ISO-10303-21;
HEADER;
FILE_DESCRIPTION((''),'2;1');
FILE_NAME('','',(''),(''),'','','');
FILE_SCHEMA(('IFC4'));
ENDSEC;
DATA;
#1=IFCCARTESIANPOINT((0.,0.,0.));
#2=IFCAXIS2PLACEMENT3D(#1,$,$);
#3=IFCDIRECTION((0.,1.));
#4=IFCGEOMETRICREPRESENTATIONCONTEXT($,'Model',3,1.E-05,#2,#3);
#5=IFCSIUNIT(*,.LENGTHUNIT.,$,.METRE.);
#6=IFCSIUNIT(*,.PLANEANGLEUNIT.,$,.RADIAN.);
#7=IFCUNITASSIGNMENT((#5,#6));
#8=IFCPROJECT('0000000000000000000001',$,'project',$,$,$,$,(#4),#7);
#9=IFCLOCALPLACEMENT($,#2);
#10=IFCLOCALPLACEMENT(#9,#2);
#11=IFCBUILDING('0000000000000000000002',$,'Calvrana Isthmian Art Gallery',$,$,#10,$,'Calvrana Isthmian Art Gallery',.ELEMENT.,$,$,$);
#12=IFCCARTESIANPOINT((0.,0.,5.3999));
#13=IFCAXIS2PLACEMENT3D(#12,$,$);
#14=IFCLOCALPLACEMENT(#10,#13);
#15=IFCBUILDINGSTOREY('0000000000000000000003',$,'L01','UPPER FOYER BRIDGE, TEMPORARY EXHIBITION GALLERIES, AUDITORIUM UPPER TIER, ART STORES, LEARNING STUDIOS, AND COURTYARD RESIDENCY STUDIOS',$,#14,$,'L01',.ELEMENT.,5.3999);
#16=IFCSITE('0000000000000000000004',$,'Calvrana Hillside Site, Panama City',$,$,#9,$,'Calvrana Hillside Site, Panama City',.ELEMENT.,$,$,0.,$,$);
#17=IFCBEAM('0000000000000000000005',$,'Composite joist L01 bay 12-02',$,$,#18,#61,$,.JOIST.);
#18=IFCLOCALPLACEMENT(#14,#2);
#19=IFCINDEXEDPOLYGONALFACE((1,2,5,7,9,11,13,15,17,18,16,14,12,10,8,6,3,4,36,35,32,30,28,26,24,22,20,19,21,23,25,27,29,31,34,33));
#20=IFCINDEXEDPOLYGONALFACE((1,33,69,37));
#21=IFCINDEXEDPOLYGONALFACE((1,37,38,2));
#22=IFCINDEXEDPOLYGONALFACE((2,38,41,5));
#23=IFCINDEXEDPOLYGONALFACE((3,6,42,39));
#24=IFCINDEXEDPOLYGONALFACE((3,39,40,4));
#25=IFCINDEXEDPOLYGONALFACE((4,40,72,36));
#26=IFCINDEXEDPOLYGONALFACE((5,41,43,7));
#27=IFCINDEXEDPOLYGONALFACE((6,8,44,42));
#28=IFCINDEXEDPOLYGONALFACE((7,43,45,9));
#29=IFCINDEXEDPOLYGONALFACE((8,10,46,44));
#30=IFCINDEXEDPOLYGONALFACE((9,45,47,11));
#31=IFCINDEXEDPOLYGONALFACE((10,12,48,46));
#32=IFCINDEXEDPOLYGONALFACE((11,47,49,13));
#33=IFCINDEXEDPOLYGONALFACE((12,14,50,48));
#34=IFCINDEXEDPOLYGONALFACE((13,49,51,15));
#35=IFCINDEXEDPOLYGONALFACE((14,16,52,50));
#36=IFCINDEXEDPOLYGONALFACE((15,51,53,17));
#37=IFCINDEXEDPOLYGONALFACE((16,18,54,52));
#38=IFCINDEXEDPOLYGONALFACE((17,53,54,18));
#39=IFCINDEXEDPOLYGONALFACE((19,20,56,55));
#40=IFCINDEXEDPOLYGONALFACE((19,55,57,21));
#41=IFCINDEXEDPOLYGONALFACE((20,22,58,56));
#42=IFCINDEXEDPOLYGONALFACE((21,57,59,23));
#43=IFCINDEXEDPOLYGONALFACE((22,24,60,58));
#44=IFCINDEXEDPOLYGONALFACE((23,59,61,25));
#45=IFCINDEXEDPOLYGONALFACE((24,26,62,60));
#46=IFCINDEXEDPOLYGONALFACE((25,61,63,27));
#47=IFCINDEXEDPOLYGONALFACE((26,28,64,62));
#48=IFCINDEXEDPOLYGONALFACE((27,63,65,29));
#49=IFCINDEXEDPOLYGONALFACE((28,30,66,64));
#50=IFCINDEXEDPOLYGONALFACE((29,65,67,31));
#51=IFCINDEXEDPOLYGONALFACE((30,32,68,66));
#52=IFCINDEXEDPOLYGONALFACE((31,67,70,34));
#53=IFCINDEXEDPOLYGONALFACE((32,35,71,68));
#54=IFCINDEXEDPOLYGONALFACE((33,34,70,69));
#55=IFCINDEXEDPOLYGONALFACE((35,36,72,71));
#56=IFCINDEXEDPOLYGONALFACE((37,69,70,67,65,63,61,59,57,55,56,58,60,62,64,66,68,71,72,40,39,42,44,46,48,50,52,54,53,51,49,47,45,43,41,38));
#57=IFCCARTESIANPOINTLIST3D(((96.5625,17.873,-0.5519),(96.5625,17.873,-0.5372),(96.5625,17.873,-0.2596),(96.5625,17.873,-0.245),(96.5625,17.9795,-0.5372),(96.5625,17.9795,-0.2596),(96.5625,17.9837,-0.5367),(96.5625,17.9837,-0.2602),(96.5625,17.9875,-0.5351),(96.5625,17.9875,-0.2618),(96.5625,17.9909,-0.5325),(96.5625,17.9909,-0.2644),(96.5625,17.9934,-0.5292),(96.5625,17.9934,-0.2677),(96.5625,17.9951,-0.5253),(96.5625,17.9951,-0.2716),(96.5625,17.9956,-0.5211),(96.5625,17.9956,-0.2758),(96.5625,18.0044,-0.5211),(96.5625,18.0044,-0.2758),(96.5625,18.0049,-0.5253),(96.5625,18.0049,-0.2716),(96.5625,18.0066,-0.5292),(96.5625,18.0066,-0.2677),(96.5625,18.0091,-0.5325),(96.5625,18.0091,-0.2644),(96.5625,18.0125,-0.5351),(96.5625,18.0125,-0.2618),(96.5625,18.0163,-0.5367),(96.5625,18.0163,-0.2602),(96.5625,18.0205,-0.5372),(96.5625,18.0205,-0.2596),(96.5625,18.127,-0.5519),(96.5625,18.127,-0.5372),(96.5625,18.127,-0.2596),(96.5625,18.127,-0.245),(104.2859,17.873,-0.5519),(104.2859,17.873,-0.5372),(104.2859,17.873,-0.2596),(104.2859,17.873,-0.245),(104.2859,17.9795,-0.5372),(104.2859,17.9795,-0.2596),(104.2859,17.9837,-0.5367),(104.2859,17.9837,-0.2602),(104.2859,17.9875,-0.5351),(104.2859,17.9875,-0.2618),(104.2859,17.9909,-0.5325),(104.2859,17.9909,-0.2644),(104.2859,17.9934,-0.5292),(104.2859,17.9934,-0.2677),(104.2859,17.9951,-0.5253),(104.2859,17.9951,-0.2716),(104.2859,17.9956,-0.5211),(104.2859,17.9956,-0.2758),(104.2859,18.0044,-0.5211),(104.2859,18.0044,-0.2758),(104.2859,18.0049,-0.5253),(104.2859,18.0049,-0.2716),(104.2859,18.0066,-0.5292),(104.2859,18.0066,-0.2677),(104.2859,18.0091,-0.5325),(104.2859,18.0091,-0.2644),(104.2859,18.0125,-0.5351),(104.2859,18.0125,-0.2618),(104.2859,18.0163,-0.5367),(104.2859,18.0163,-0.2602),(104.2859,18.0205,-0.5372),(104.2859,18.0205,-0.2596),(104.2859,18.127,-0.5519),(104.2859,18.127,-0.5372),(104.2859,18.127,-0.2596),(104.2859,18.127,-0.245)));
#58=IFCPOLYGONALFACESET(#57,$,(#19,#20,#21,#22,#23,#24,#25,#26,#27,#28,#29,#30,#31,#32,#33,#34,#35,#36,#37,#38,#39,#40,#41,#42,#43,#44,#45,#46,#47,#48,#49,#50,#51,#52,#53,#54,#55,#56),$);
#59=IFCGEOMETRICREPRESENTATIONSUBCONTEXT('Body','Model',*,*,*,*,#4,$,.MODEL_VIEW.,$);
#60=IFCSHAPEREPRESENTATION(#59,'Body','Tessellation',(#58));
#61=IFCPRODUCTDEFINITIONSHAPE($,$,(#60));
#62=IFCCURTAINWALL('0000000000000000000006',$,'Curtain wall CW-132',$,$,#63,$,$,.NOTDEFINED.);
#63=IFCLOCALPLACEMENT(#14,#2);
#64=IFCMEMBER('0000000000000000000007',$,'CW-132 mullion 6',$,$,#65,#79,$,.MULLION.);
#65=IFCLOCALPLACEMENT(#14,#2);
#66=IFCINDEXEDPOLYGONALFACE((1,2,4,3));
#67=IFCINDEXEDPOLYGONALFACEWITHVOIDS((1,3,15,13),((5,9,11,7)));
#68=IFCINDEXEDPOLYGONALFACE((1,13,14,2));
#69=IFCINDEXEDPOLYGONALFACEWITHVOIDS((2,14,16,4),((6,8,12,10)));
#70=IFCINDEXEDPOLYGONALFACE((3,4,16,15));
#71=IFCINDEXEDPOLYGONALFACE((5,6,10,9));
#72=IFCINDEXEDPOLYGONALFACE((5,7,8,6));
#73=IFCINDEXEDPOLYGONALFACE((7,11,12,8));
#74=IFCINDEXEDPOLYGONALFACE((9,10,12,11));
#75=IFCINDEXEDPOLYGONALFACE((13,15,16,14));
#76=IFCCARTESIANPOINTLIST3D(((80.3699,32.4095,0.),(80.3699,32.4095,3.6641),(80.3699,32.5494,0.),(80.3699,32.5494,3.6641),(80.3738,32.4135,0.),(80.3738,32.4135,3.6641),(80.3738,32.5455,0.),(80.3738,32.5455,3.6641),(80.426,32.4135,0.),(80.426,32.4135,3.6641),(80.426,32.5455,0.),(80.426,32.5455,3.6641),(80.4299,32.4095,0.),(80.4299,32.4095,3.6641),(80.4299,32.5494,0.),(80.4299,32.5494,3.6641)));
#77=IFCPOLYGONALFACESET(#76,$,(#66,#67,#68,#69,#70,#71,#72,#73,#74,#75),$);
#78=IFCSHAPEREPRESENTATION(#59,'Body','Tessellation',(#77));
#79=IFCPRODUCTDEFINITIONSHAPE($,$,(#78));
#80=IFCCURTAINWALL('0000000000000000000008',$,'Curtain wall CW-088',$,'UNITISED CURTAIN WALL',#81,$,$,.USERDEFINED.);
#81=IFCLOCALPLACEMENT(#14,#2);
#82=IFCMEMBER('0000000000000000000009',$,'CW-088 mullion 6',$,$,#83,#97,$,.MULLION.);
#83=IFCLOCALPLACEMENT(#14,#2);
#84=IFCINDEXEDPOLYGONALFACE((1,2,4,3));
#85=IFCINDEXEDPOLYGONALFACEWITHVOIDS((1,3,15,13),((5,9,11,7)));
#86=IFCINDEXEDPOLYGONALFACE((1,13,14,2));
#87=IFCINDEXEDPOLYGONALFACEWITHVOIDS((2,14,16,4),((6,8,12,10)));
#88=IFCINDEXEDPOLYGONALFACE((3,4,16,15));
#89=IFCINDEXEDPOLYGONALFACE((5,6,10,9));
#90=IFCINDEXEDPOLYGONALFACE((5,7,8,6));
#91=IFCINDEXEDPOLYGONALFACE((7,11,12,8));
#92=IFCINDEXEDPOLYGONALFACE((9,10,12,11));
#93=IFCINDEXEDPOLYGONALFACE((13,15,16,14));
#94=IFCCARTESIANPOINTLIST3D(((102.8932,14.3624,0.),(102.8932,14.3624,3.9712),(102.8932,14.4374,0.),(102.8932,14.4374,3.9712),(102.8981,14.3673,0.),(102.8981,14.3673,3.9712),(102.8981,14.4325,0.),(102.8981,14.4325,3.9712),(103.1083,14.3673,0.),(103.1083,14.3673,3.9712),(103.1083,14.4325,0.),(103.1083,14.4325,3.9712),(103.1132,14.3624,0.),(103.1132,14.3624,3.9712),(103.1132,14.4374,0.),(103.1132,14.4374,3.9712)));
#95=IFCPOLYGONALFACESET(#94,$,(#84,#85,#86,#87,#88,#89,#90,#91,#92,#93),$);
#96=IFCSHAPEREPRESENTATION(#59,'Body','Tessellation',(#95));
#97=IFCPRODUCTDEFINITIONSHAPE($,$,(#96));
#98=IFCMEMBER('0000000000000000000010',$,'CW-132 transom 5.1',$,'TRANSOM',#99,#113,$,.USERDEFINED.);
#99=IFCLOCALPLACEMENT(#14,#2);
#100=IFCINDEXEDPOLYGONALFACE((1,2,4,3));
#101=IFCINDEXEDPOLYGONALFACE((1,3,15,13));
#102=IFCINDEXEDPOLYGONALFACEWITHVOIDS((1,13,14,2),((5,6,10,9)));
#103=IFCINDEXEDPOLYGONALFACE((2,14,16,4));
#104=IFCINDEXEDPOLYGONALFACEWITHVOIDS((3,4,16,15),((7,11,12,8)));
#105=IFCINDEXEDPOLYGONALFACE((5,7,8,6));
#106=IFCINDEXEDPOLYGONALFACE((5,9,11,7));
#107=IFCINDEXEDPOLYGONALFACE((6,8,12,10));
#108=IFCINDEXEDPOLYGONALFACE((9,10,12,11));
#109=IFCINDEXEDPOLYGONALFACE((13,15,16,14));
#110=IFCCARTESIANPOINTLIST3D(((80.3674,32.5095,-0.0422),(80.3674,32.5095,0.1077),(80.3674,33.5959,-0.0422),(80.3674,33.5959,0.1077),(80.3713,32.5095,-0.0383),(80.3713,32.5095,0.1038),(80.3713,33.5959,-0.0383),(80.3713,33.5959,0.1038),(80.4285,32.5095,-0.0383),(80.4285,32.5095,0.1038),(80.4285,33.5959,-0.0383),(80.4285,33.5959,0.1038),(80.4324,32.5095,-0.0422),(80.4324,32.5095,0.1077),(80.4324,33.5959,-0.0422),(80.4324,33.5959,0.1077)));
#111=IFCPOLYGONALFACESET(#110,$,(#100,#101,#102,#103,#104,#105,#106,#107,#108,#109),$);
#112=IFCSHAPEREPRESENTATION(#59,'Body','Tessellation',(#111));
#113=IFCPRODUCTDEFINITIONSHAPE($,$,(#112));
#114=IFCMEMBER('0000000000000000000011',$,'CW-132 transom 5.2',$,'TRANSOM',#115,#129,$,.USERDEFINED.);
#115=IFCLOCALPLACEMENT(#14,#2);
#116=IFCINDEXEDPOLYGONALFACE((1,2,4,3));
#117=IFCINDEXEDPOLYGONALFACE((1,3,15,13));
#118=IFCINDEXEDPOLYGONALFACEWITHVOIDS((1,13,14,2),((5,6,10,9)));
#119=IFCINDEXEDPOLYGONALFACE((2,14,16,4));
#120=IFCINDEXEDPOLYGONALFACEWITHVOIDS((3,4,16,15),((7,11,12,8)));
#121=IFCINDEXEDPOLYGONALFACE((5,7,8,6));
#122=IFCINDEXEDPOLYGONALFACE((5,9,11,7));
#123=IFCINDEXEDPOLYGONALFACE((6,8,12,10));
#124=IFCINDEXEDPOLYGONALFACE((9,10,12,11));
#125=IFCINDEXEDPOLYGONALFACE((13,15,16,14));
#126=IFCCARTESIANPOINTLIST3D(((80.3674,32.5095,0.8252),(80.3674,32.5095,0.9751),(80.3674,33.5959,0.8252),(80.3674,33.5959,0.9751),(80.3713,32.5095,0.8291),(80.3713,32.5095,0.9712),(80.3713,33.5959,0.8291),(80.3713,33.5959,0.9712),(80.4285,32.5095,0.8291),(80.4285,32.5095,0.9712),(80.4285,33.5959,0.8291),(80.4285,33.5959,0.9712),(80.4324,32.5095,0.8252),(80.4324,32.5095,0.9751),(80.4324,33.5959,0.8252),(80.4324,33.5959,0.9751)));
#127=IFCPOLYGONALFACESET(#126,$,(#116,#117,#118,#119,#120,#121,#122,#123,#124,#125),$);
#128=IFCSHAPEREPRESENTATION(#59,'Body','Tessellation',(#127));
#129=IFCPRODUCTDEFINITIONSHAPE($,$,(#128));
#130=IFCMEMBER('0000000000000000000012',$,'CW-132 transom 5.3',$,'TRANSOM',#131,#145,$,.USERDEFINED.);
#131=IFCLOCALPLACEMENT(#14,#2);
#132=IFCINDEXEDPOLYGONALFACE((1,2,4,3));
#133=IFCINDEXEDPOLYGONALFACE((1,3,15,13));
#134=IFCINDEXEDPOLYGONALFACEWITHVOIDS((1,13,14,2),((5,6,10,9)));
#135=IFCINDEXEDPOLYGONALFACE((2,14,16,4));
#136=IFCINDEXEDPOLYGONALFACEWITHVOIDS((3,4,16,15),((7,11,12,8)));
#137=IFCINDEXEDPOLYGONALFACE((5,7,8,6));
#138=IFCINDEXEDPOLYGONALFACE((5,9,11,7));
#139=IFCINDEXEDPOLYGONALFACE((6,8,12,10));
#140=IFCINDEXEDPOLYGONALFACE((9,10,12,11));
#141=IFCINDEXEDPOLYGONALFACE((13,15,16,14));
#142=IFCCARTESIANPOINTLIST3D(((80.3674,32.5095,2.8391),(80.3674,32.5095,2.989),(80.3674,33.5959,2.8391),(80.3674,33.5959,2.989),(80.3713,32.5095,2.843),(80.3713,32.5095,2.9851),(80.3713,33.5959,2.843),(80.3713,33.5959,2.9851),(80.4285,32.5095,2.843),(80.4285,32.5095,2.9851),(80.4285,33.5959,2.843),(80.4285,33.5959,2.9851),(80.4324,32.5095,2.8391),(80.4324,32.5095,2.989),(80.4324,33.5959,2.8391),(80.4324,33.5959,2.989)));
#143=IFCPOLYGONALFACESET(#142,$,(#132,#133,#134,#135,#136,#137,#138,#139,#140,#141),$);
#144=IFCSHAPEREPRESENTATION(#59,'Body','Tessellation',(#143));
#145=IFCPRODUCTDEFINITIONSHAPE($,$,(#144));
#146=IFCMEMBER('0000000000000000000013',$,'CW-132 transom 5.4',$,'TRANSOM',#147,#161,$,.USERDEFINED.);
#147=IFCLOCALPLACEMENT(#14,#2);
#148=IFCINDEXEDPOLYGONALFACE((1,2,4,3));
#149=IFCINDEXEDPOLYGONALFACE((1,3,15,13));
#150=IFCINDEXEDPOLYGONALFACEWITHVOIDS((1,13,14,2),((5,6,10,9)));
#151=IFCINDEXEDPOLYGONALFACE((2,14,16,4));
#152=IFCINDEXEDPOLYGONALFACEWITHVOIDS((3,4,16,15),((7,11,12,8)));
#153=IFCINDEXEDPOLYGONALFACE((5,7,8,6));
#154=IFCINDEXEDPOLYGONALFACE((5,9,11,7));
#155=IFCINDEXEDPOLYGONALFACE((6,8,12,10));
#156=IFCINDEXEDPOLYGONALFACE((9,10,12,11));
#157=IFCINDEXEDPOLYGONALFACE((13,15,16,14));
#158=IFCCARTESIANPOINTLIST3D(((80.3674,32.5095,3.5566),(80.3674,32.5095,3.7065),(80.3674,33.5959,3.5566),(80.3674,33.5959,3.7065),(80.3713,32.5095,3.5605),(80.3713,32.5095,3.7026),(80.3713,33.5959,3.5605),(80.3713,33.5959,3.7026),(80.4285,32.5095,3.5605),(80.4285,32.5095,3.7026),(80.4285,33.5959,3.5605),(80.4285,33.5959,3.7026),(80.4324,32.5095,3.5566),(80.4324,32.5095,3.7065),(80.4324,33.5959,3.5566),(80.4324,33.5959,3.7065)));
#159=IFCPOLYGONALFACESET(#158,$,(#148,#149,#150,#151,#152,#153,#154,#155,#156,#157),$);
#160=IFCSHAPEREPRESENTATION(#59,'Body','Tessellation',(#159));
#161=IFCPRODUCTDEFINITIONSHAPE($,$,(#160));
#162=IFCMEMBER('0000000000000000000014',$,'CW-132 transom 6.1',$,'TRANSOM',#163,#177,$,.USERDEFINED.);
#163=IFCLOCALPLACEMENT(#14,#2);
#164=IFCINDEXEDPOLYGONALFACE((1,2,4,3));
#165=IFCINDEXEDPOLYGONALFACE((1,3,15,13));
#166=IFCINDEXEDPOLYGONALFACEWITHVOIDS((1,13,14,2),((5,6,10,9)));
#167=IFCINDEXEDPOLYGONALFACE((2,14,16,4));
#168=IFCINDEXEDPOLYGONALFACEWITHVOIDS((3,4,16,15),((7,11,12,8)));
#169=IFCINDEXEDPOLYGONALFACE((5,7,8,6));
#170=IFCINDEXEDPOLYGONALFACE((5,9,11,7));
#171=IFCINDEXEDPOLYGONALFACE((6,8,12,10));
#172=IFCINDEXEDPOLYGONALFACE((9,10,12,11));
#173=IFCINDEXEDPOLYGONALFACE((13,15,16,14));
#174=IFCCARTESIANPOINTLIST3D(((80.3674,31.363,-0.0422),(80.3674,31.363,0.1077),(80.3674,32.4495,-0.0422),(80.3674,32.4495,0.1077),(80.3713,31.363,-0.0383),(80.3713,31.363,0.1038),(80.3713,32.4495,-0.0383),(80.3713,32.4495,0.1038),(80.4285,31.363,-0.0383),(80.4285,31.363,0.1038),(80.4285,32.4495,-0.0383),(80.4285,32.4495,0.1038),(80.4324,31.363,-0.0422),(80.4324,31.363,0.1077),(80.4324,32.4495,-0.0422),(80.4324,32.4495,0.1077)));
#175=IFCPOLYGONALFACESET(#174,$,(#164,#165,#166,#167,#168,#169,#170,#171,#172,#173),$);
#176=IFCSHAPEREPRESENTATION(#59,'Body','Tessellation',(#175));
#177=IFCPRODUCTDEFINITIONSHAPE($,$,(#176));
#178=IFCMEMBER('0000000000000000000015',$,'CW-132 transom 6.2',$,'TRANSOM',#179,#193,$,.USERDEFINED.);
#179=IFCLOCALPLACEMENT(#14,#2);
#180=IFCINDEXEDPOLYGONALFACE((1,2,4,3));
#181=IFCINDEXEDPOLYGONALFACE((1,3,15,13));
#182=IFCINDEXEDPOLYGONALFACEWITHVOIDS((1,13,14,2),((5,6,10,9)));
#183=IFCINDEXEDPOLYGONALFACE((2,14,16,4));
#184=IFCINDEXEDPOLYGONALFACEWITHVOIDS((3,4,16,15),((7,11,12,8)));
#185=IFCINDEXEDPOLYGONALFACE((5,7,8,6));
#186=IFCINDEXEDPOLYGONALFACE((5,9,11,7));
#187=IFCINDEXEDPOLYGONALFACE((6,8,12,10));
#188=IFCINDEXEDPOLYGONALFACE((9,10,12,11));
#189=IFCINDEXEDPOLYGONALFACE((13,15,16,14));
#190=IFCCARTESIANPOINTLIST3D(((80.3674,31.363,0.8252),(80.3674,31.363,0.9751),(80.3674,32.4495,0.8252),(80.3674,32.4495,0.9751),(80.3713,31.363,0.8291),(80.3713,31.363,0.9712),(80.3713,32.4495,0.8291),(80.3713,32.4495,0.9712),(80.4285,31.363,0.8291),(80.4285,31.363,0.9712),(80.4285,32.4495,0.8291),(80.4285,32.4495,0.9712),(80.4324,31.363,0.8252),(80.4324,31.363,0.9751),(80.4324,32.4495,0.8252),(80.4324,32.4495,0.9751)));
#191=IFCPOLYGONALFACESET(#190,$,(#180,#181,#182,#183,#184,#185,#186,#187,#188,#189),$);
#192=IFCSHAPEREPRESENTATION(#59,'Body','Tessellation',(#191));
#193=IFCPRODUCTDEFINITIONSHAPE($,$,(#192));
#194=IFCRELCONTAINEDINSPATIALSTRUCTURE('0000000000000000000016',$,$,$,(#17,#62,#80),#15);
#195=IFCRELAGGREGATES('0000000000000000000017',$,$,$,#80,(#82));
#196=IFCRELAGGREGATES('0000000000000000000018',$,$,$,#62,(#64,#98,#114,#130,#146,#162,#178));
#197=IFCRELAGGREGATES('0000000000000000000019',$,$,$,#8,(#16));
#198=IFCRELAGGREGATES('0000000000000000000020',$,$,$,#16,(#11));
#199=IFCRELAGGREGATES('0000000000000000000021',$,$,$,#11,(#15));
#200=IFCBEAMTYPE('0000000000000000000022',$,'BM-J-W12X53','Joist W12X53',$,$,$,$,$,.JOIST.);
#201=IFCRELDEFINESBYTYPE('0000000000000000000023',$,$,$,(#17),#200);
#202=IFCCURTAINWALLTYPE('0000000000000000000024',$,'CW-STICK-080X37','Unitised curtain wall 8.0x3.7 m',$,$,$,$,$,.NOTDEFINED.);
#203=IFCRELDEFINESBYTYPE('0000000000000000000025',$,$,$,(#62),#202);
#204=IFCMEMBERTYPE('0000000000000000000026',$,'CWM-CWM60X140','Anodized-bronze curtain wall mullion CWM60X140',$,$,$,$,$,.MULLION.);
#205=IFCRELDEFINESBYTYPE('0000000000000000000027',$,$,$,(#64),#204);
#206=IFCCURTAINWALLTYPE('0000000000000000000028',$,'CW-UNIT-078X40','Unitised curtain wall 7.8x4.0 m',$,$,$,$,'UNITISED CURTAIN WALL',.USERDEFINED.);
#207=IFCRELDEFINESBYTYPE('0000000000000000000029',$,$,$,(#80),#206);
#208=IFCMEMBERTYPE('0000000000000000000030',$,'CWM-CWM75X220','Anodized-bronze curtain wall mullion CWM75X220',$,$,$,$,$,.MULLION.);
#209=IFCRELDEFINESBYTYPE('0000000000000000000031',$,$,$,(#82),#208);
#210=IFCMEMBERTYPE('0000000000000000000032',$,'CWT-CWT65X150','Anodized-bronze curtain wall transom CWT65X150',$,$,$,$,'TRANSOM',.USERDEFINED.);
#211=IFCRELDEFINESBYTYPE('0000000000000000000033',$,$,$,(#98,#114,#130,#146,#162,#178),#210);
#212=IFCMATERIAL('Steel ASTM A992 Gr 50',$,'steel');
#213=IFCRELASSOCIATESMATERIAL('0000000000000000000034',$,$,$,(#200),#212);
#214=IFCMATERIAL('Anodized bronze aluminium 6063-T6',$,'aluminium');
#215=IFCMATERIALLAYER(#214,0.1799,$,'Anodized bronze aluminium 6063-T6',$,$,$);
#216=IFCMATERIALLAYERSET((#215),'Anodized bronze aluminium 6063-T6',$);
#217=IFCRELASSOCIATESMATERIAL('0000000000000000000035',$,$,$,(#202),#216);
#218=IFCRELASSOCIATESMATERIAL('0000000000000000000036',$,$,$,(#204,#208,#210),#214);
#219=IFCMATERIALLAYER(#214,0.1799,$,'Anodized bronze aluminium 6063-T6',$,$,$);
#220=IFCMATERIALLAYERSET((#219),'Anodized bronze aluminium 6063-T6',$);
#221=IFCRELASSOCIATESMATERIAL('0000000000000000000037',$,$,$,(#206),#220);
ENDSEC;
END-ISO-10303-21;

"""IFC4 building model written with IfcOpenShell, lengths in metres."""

from ifc_helpers import new_model, si_unit, direction, frame, origin, origin_2d, place, context, subcontext, project, spatial, hollow_rectangle, i_section, extrude, material, layer, layer_set, material_profile, profile_set, type_object, element, aggregate, save


model = new_model("IFC4")

# Units and contexts
model_context = context("Model", 3, precision=1e-05, world=origin(), true_north=direction((0.0, 1.0)))
body_context = subcontext(model_context, "Body", "Model", "MODEL_VIEW")
ifc_project = project(units=[si_unit("LENGTHUNIT", "METRE"), si_unit("PLANEANGLEUNIT", "RADIAN")], contexts=[model_context])

# Site, building, storey
site_placement = place(None, origin())
site = spatial("IfcSite", under=ifc_project, at=site_placement, Name="Calvrana Hillside Site, Panama City", LongName="Calvrana Hillside Site, Panama City", CompositionType="ELEMENT", RefElevation=0.0)
building_placement = place(site_placement, origin())
building = spatial("IfcBuilding", under=site, at=building_placement, Name="Calvrana Isthmian Art Gallery", LongName="Calvrana Isthmian Art Gallery", CompositionType="ELEMENT")
storey_placement = place(building_placement, frame((0.0, 0.0, 5.3999)))
storey = spatial("IfcBuildingStorey", under=building, at=storey_placement, Name="L01", Description="UPPER FOYER BRIDGE, TEMPORARY EXHIBITION GALLERIES, AUDITORIUM UPPER TIER, ART STORES, LEARNING STUDIOS, AND COURTYARD RESIDENCY STUDIOS", LongName="L01", CompositionType="ELEMENT", Elevation=5.3999)

# Beam
ifc_material_1 = material(Name="Steel ASTM A992 Gr 50", Category="steel")
ifc_material_profile_1 = material_profile(ifc_material_1, i_section(OverallWidth=0.2539, OverallDepth=0.3069, WebThickness=0.0088, FlangeThickness=0.0146, FilletRadius=0.0161, at=origin_2d()), Name="W12X53")
ifc_profile_set_1 = profile_set([ifc_material_profile_1], Name="Steel ASTM A992 Gr 50")
beam_type_1 = type_object("IfcBeamType", Name="BM-J-W12X53", Description="Joist W12X53", PredefinedType="JOIST", material=ifc_profile_set_1)
beam_1_placement = place(storey_placement, frame((96.5625, 18.0, -0.3984), z_axis=(1.0, 0.0, 0.0), x_axis=(0.0, 1.0, 0.0)))
element("IfcBeam", 1, at=beam_1_placement, inside=storey, type_object=beam_type_1, Name="Composite joist L01 bay 12-02", PredefinedType="JOIST", context=body_context, shape_type="SweptSolid", body=[
    extrude(i_section(OverallWidth=0.2539, OverallDepth=0.3069, WebThickness=0.0088, FlangeThickness=0.0146, FilletRadius=0.0161, at=origin_2d()), origin(), (0.0, 0.0, 1.0), 7.7234),
])

# Curtain walls, members
ifc_material_2 = material(Name="Anodized bronze aluminium 6063-T6", Category="aluminium")
ifc_layer_1 = layer(ifc_material_2, 0.1799, Name="Anodized bronze aluminium 6063-T6")
ifc_layer_set_1 = layer_set([ifc_layer_1], Name="Anodized bronze aluminium 6063-T6")
curtain_wall_type_1 = type_object("IfcCurtainWallType", Name="CW-STICK-080X37", Description="Unitised curtain wall 8.0x3.7 m", PredefinedType="NOTDEFINED", material=ifc_layer_set_1)
curtain_wall_1_placement = place(storey_placement, origin())
curtain_wall_1 = element("IfcCurtainWall", 2, at=curtain_wall_1_placement, inside=storey, type_object=curtain_wall_type_1, Name="Curtain wall CW-132", PredefinedType="NOTDEFINED")
ifc_material_profile_2 = material_profile(ifc_material_2, hollow_rectangle(XDim=0.0601, YDim=0.1399, WallThickness=0.0039, at=origin_2d()), Name="CWM60X140")
ifc_profile_set_2 = profile_set([ifc_material_profile_2], Name="Anodized bronze aluminium 6063-T6")
member_type_1 = type_object("IfcMemberType", Name="CWM-CWM60X140", Description="Anodized-bronze curtain wall mullion CWM60X140", PredefinedType="MULLION", material=ifc_profile_set_2)
member_1_placement = place(storey_placement, frame((80.3999, 32.4795, 0.0), z_axis=(0.0, 0.0, 1.0), x_axis=(1.0, 0.0, 0.0)))
member_1 = element("IfcMember", 3, at=member_1_placement, type_object=member_type_1, Name="CW-132 mullion 6", PredefinedType="MULLION", context=body_context, shape_type="SweptSolid", body=[
    extrude(hollow_rectangle(XDim=0.0601, YDim=0.1399, WallThickness=0.0039, at=origin_2d()), origin(), (0.0, 0.0, 1.0), 3.6641),
])
ifc_layer_2 = layer(ifc_material_2, 0.1799, Name="Anodized bronze aluminium 6063-T6")
ifc_layer_set_2 = layer_set([ifc_layer_2], Name="Anodized bronze aluminium 6063-T6")
curtain_wall_type_2 = type_object("IfcCurtainWallType", Name="CW-UNIT-078X40", Description="Unitised curtain wall 7.8x4.0 m", ElementType="UNITISED CURTAIN WALL", PredefinedType="USERDEFINED", material=ifc_layer_set_2)
curtain_wall_2_placement = place(storey_placement, origin())
curtain_wall_2 = element("IfcCurtainWall", 4, at=curtain_wall_2_placement, inside=storey, type_object=curtain_wall_type_2, Name="Curtain wall CW-088", ObjectType="UNITISED CURTAIN WALL", PredefinedType="USERDEFINED")
ifc_material_profile_3 = material_profile(ifc_material_2, hollow_rectangle(XDim=0.075, YDim=0.22, WallThickness=0.0049, at=origin_2d()), Name="CWM75X220")
ifc_profile_set_3 = profile_set([ifc_material_profile_3], Name="Anodized bronze aluminium 6063-T6")
member_type_2 = type_object("IfcMemberType", Name="CWM-CWM75X220", Description="Anodized-bronze curtain wall mullion CWM75X220", PredefinedType="MULLION", material=ifc_profile_set_3)
member_2_placement = place(storey_placement, frame((103.0032, 14.3999, 0.0), z_axis=(0.0, 0.0, 1.0), x_axis=(0.0, 1.0, 0.0)))
member_2 = element("IfcMember", 5, at=member_2_placement, type_object=member_type_2, Name="CW-088 mullion 6", PredefinedType="MULLION", context=body_context, shape_type="SweptSolid", body=[
    extrude(hollow_rectangle(XDim=0.075, YDim=0.22, WallThickness=0.0049, at=origin_2d()), origin(), (0.0, 0.0, 1.0), 3.9712),
])

# Members
ifc_material_profile_4 = material_profile(ifc_material_2, hollow_rectangle(XDim=0.0649, YDim=0.1499, WallThickness=0.0039, at=origin_2d()), Name="CWT65X150")
ifc_profile_set_4 = profile_set([ifc_material_profile_4], Name="Anodized bronze aluminium 6063-T6")
member_type_3 = type_object("IfcMemberType", Name="CWT-CWT65X150", Description="Anodized-bronze curtain wall transom CWT65X150", ElementType="TRANSOM", PredefinedType="USERDEFINED", material=ifc_profile_set_4)
member_3_placement = place(storey_placement, frame((80.3999, 33.5959, 0.0327), z_axis=(0.0, -1.0, 0.0), x_axis=(1.0, 0.0, 0.0)))
member_3 = element("IfcMember", 6, at=member_3_placement, type_object=member_type_3, Name="CW-132 transom 5.1", ObjectType="TRANSOM", PredefinedType="USERDEFINED", context=body_context, shape_type="SweptSolid", body=[
    extrude(hollow_rectangle(XDim=0.0649, YDim=0.1499, WallThickness=0.0039, at=origin_2d()), origin(), (0.0, 0.0, 1.0), 1.0864),
])
member_4_placement = place(storey_placement, frame((80.3999, 33.5959, 0.9001), z_axis=(0.0, -1.0, 0.0), x_axis=(1.0, 0.0, 0.0)))
member_4 = element("IfcMember", 7, at=member_4_placement, type_object=member_type_3, Name="CW-132 transom 5.2", ObjectType="TRANSOM", PredefinedType="USERDEFINED", context=body_context, shape_type="SweptSolid", body=[
    extrude(hollow_rectangle(XDim=0.0649, YDim=0.1499, WallThickness=0.0039, at=origin_2d()), origin(), (0.0, 0.0, 1.0), 1.0864),
])
member_5_placement = place(storey_placement, frame((80.3999, 33.5959, 2.9141), z_axis=(0.0, -1.0, 0.0), x_axis=(1.0, 0.0, 0.0)))
member_5 = element("IfcMember", 8, at=member_5_placement, type_object=member_type_3, Name="CW-132 transom 5.3", ObjectType="TRANSOM", PredefinedType="USERDEFINED", context=body_context, shape_type="SweptSolid", body=[
    extrude(hollow_rectangle(XDim=0.0649, YDim=0.1499, WallThickness=0.0039, at=origin_2d()), origin(), (0.0, 0.0, 1.0), 1.0864),
])
member_6_placement = place(storey_placement, frame((80.3999, 33.5959, 3.6316), z_axis=(0.0, -1.0, 0.0), x_axis=(1.0, 0.0, 0.0)))
member_6 = element("IfcMember", 9, at=member_6_placement, type_object=member_type_3, Name="CW-132 transom 5.4", ObjectType="TRANSOM", PredefinedType="USERDEFINED", context=body_context, shape_type="SweptSolid", body=[
    extrude(hollow_rectangle(XDim=0.0649, YDim=0.1499, WallThickness=0.0039, at=origin_2d()), origin(), (0.0, 0.0, 1.0), 1.0864),
])
member_7_placement = place(storey_placement, frame((80.3999, 32.4495, 0.0327), z_axis=(0.0, -1.0, 0.0), x_axis=(1.0, 0.0, 0.0)))
member_7 = element("IfcMember", 10, at=member_7_placement, type_object=member_type_3, Name="CW-132 transom 6.1", ObjectType="TRANSOM", PredefinedType="USERDEFINED", context=body_context, shape_type="SweptSolid", body=[
    extrude(hollow_rectangle(XDim=0.0649, YDim=0.1499, WallThickness=0.0039, at=origin_2d()), origin(), (0.0, 0.0, 1.0), 1.0864),
])
member_8_placement = place(storey_placement, frame((80.3999, 32.4495, 0.9001), z_axis=(0.0, -1.0, 0.0), x_axis=(1.0, 0.0, 0.0)))
member_8 = element("IfcMember", 11, at=member_8_placement, type_object=member_type_3, Name="CW-132 transom 6.2", ObjectType="TRANSOM", PredefinedType="USERDEFINED", context=body_context, shape_type="SweptSolid", body=[
    extrude(hollow_rectangle(XDim=0.0649, YDim=0.1499, WallThickness=0.0039, at=origin_2d()), origin(), (0.0, 0.0, 1.0), 1.0864),
])

aggregate(curtain_wall_2, [member_2])
aggregate(curtain_wall_1, [member_1, member_3, member_4, member_5, member_6, member_7, member_8])

save(model, "model.ifc")
